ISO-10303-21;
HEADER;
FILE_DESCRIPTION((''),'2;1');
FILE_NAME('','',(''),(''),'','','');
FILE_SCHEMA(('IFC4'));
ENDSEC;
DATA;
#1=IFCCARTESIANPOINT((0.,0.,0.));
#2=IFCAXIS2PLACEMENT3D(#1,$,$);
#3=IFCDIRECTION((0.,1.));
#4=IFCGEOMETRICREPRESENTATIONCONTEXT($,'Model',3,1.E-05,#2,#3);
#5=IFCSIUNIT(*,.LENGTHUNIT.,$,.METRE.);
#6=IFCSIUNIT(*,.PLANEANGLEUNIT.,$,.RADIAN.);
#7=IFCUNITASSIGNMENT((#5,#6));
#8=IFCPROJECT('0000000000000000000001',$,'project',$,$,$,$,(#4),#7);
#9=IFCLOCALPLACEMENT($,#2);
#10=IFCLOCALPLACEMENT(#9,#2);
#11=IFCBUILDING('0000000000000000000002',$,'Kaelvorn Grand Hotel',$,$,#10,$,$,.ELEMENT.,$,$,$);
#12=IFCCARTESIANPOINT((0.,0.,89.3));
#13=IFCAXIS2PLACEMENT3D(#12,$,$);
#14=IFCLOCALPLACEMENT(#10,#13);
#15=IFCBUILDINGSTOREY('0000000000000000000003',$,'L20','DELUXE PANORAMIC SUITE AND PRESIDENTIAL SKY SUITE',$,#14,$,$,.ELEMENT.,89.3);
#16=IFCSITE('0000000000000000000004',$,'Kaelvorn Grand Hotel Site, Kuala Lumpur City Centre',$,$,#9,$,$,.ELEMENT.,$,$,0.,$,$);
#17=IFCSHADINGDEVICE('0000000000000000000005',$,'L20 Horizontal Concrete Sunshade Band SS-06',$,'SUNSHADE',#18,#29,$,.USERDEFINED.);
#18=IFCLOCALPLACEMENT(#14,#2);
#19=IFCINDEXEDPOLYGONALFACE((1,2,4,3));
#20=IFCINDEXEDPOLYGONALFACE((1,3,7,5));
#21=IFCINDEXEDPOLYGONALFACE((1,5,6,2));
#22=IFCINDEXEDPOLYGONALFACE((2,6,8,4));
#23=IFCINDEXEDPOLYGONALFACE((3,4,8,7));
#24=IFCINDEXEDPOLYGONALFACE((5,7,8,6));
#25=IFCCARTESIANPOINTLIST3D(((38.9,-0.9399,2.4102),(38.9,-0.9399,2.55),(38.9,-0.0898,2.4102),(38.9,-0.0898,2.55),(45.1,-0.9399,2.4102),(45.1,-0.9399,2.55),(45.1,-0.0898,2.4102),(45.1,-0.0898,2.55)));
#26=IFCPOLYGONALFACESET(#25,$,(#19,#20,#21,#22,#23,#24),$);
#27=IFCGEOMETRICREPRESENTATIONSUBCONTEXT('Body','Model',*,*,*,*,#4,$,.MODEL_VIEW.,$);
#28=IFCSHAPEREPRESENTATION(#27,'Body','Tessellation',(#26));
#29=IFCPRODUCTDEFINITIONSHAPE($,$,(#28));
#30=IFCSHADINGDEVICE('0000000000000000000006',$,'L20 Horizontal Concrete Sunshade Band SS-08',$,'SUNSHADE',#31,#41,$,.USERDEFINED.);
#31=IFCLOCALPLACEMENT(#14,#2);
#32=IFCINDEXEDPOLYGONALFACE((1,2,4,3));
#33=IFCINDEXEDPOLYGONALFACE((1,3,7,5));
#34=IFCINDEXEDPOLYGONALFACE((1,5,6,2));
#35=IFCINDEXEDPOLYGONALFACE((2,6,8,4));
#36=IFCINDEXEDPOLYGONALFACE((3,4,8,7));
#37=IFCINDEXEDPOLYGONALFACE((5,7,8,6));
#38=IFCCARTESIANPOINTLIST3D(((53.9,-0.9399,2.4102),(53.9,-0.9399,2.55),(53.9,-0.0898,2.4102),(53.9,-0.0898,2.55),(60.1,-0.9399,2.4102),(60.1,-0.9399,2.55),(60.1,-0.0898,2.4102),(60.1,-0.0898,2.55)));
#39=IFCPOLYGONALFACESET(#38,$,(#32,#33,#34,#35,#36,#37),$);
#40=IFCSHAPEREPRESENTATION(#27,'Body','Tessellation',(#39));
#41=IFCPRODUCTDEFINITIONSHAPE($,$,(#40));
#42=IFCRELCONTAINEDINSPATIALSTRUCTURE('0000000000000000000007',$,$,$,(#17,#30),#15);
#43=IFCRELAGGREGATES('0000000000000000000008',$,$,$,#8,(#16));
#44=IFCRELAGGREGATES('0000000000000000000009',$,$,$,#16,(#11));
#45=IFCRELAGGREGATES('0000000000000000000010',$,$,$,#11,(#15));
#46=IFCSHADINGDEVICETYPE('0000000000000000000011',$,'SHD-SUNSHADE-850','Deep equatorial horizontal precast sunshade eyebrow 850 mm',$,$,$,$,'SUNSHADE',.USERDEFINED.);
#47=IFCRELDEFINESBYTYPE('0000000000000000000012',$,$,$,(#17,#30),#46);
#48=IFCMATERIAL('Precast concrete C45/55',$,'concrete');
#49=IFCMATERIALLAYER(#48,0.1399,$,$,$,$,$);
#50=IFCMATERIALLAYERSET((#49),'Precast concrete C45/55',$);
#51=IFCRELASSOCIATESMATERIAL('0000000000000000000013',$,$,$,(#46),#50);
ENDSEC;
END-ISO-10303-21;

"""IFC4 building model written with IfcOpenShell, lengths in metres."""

from ifc_helpers import new_model, si_unit, direction, frame, origin, origin_2d, place, context, subcontext, project, spatial, rectangle, extrude, material, layer, layer_set, type_object, element, save


model = new_model("IFC4")

# Units and contexts
model_context = context("Model", 3, precision=1e-05, world=origin(), true_north=direction((0.0, 1.0)))
body_context = subcontext(model_context, "Body", "Model", "MODEL_VIEW")
ifc_project = project(units=[si_unit("LENGTHUNIT", "METRE"), si_unit("PLANEANGLEUNIT", "RADIAN")], contexts=[model_context])

# Site, building, storey
site_placement = place(None, origin())
site = spatial("IfcSite", under=ifc_project, at=site_placement, Name="Kaelvorn Grand Hotel Site, Kuala Lumpur City Centre", CompositionType="ELEMENT", RefElevation=0.0)
building_placement = place(site_placement, origin())
building = spatial("IfcBuilding", under=site, at=building_placement, Name="Kaelvorn Grand Hotel", CompositionType="ELEMENT")
storey_placement = place(building_placement, frame((0.0, 0.0, 89.3)))
storey = spatial("IfcBuildingStorey", under=building, at=storey_placement, Name="L20", Description="DELUXE PANORAMIC SUITE AND PRESIDENTIAL SKY SUITE", CompositionType="ELEMENT", Elevation=89.3)

# Shading devices
ifc_material_1 = material(Name="Precast concrete C45/55", Category="concrete")
ifc_layer_1 = layer(ifc_material_1, 0.1399)
ifc_layer_set_1 = layer_set([ifc_layer_1], Name="Precast concrete C45/55")
shading_device_type_1 = type_object("IfcShadingDeviceType", Name="SHD-SUNSHADE-850", Description="Deep equatorial horizontal precast sunshade eyebrow 850 mm", ElementType="SUNSHADE", PredefinedType="USERDEFINED", material=ifc_layer_set_1)
for number, where, z_axis, x_axis, name in (
    (1, (42.0, -0.5149, 2.4102), (0.0, 0.0, 1.0), (1.0, 0.0, 0.0), "L20 Horizontal Concrete Sunshade Band SS-06"),
    (2, (57.0, -0.5149, 2.4102), (0.0, 0.0, 1.0), (1.0, 0.0, 0.0), "L20 Horizontal Concrete Sunshade Band SS-08"),
):
    element("IfcShadingDevice", number, at=place(storey_placement, frame(where, z_axis=z_axis, x_axis=x_axis)), inside=storey, type_object=shading_device_type_1, Name=name, ObjectType="SUNSHADE", PredefinedType="USERDEFINED", context=body_context, shape_type="SweptSolid", body=[
        extrude(rectangle(XDim=6.2, YDim=0.8501, at=origin_2d()), origin(), (0.0, 0.0, 1.0), 0.1399),
    ])

save(model, "model.ifc")
